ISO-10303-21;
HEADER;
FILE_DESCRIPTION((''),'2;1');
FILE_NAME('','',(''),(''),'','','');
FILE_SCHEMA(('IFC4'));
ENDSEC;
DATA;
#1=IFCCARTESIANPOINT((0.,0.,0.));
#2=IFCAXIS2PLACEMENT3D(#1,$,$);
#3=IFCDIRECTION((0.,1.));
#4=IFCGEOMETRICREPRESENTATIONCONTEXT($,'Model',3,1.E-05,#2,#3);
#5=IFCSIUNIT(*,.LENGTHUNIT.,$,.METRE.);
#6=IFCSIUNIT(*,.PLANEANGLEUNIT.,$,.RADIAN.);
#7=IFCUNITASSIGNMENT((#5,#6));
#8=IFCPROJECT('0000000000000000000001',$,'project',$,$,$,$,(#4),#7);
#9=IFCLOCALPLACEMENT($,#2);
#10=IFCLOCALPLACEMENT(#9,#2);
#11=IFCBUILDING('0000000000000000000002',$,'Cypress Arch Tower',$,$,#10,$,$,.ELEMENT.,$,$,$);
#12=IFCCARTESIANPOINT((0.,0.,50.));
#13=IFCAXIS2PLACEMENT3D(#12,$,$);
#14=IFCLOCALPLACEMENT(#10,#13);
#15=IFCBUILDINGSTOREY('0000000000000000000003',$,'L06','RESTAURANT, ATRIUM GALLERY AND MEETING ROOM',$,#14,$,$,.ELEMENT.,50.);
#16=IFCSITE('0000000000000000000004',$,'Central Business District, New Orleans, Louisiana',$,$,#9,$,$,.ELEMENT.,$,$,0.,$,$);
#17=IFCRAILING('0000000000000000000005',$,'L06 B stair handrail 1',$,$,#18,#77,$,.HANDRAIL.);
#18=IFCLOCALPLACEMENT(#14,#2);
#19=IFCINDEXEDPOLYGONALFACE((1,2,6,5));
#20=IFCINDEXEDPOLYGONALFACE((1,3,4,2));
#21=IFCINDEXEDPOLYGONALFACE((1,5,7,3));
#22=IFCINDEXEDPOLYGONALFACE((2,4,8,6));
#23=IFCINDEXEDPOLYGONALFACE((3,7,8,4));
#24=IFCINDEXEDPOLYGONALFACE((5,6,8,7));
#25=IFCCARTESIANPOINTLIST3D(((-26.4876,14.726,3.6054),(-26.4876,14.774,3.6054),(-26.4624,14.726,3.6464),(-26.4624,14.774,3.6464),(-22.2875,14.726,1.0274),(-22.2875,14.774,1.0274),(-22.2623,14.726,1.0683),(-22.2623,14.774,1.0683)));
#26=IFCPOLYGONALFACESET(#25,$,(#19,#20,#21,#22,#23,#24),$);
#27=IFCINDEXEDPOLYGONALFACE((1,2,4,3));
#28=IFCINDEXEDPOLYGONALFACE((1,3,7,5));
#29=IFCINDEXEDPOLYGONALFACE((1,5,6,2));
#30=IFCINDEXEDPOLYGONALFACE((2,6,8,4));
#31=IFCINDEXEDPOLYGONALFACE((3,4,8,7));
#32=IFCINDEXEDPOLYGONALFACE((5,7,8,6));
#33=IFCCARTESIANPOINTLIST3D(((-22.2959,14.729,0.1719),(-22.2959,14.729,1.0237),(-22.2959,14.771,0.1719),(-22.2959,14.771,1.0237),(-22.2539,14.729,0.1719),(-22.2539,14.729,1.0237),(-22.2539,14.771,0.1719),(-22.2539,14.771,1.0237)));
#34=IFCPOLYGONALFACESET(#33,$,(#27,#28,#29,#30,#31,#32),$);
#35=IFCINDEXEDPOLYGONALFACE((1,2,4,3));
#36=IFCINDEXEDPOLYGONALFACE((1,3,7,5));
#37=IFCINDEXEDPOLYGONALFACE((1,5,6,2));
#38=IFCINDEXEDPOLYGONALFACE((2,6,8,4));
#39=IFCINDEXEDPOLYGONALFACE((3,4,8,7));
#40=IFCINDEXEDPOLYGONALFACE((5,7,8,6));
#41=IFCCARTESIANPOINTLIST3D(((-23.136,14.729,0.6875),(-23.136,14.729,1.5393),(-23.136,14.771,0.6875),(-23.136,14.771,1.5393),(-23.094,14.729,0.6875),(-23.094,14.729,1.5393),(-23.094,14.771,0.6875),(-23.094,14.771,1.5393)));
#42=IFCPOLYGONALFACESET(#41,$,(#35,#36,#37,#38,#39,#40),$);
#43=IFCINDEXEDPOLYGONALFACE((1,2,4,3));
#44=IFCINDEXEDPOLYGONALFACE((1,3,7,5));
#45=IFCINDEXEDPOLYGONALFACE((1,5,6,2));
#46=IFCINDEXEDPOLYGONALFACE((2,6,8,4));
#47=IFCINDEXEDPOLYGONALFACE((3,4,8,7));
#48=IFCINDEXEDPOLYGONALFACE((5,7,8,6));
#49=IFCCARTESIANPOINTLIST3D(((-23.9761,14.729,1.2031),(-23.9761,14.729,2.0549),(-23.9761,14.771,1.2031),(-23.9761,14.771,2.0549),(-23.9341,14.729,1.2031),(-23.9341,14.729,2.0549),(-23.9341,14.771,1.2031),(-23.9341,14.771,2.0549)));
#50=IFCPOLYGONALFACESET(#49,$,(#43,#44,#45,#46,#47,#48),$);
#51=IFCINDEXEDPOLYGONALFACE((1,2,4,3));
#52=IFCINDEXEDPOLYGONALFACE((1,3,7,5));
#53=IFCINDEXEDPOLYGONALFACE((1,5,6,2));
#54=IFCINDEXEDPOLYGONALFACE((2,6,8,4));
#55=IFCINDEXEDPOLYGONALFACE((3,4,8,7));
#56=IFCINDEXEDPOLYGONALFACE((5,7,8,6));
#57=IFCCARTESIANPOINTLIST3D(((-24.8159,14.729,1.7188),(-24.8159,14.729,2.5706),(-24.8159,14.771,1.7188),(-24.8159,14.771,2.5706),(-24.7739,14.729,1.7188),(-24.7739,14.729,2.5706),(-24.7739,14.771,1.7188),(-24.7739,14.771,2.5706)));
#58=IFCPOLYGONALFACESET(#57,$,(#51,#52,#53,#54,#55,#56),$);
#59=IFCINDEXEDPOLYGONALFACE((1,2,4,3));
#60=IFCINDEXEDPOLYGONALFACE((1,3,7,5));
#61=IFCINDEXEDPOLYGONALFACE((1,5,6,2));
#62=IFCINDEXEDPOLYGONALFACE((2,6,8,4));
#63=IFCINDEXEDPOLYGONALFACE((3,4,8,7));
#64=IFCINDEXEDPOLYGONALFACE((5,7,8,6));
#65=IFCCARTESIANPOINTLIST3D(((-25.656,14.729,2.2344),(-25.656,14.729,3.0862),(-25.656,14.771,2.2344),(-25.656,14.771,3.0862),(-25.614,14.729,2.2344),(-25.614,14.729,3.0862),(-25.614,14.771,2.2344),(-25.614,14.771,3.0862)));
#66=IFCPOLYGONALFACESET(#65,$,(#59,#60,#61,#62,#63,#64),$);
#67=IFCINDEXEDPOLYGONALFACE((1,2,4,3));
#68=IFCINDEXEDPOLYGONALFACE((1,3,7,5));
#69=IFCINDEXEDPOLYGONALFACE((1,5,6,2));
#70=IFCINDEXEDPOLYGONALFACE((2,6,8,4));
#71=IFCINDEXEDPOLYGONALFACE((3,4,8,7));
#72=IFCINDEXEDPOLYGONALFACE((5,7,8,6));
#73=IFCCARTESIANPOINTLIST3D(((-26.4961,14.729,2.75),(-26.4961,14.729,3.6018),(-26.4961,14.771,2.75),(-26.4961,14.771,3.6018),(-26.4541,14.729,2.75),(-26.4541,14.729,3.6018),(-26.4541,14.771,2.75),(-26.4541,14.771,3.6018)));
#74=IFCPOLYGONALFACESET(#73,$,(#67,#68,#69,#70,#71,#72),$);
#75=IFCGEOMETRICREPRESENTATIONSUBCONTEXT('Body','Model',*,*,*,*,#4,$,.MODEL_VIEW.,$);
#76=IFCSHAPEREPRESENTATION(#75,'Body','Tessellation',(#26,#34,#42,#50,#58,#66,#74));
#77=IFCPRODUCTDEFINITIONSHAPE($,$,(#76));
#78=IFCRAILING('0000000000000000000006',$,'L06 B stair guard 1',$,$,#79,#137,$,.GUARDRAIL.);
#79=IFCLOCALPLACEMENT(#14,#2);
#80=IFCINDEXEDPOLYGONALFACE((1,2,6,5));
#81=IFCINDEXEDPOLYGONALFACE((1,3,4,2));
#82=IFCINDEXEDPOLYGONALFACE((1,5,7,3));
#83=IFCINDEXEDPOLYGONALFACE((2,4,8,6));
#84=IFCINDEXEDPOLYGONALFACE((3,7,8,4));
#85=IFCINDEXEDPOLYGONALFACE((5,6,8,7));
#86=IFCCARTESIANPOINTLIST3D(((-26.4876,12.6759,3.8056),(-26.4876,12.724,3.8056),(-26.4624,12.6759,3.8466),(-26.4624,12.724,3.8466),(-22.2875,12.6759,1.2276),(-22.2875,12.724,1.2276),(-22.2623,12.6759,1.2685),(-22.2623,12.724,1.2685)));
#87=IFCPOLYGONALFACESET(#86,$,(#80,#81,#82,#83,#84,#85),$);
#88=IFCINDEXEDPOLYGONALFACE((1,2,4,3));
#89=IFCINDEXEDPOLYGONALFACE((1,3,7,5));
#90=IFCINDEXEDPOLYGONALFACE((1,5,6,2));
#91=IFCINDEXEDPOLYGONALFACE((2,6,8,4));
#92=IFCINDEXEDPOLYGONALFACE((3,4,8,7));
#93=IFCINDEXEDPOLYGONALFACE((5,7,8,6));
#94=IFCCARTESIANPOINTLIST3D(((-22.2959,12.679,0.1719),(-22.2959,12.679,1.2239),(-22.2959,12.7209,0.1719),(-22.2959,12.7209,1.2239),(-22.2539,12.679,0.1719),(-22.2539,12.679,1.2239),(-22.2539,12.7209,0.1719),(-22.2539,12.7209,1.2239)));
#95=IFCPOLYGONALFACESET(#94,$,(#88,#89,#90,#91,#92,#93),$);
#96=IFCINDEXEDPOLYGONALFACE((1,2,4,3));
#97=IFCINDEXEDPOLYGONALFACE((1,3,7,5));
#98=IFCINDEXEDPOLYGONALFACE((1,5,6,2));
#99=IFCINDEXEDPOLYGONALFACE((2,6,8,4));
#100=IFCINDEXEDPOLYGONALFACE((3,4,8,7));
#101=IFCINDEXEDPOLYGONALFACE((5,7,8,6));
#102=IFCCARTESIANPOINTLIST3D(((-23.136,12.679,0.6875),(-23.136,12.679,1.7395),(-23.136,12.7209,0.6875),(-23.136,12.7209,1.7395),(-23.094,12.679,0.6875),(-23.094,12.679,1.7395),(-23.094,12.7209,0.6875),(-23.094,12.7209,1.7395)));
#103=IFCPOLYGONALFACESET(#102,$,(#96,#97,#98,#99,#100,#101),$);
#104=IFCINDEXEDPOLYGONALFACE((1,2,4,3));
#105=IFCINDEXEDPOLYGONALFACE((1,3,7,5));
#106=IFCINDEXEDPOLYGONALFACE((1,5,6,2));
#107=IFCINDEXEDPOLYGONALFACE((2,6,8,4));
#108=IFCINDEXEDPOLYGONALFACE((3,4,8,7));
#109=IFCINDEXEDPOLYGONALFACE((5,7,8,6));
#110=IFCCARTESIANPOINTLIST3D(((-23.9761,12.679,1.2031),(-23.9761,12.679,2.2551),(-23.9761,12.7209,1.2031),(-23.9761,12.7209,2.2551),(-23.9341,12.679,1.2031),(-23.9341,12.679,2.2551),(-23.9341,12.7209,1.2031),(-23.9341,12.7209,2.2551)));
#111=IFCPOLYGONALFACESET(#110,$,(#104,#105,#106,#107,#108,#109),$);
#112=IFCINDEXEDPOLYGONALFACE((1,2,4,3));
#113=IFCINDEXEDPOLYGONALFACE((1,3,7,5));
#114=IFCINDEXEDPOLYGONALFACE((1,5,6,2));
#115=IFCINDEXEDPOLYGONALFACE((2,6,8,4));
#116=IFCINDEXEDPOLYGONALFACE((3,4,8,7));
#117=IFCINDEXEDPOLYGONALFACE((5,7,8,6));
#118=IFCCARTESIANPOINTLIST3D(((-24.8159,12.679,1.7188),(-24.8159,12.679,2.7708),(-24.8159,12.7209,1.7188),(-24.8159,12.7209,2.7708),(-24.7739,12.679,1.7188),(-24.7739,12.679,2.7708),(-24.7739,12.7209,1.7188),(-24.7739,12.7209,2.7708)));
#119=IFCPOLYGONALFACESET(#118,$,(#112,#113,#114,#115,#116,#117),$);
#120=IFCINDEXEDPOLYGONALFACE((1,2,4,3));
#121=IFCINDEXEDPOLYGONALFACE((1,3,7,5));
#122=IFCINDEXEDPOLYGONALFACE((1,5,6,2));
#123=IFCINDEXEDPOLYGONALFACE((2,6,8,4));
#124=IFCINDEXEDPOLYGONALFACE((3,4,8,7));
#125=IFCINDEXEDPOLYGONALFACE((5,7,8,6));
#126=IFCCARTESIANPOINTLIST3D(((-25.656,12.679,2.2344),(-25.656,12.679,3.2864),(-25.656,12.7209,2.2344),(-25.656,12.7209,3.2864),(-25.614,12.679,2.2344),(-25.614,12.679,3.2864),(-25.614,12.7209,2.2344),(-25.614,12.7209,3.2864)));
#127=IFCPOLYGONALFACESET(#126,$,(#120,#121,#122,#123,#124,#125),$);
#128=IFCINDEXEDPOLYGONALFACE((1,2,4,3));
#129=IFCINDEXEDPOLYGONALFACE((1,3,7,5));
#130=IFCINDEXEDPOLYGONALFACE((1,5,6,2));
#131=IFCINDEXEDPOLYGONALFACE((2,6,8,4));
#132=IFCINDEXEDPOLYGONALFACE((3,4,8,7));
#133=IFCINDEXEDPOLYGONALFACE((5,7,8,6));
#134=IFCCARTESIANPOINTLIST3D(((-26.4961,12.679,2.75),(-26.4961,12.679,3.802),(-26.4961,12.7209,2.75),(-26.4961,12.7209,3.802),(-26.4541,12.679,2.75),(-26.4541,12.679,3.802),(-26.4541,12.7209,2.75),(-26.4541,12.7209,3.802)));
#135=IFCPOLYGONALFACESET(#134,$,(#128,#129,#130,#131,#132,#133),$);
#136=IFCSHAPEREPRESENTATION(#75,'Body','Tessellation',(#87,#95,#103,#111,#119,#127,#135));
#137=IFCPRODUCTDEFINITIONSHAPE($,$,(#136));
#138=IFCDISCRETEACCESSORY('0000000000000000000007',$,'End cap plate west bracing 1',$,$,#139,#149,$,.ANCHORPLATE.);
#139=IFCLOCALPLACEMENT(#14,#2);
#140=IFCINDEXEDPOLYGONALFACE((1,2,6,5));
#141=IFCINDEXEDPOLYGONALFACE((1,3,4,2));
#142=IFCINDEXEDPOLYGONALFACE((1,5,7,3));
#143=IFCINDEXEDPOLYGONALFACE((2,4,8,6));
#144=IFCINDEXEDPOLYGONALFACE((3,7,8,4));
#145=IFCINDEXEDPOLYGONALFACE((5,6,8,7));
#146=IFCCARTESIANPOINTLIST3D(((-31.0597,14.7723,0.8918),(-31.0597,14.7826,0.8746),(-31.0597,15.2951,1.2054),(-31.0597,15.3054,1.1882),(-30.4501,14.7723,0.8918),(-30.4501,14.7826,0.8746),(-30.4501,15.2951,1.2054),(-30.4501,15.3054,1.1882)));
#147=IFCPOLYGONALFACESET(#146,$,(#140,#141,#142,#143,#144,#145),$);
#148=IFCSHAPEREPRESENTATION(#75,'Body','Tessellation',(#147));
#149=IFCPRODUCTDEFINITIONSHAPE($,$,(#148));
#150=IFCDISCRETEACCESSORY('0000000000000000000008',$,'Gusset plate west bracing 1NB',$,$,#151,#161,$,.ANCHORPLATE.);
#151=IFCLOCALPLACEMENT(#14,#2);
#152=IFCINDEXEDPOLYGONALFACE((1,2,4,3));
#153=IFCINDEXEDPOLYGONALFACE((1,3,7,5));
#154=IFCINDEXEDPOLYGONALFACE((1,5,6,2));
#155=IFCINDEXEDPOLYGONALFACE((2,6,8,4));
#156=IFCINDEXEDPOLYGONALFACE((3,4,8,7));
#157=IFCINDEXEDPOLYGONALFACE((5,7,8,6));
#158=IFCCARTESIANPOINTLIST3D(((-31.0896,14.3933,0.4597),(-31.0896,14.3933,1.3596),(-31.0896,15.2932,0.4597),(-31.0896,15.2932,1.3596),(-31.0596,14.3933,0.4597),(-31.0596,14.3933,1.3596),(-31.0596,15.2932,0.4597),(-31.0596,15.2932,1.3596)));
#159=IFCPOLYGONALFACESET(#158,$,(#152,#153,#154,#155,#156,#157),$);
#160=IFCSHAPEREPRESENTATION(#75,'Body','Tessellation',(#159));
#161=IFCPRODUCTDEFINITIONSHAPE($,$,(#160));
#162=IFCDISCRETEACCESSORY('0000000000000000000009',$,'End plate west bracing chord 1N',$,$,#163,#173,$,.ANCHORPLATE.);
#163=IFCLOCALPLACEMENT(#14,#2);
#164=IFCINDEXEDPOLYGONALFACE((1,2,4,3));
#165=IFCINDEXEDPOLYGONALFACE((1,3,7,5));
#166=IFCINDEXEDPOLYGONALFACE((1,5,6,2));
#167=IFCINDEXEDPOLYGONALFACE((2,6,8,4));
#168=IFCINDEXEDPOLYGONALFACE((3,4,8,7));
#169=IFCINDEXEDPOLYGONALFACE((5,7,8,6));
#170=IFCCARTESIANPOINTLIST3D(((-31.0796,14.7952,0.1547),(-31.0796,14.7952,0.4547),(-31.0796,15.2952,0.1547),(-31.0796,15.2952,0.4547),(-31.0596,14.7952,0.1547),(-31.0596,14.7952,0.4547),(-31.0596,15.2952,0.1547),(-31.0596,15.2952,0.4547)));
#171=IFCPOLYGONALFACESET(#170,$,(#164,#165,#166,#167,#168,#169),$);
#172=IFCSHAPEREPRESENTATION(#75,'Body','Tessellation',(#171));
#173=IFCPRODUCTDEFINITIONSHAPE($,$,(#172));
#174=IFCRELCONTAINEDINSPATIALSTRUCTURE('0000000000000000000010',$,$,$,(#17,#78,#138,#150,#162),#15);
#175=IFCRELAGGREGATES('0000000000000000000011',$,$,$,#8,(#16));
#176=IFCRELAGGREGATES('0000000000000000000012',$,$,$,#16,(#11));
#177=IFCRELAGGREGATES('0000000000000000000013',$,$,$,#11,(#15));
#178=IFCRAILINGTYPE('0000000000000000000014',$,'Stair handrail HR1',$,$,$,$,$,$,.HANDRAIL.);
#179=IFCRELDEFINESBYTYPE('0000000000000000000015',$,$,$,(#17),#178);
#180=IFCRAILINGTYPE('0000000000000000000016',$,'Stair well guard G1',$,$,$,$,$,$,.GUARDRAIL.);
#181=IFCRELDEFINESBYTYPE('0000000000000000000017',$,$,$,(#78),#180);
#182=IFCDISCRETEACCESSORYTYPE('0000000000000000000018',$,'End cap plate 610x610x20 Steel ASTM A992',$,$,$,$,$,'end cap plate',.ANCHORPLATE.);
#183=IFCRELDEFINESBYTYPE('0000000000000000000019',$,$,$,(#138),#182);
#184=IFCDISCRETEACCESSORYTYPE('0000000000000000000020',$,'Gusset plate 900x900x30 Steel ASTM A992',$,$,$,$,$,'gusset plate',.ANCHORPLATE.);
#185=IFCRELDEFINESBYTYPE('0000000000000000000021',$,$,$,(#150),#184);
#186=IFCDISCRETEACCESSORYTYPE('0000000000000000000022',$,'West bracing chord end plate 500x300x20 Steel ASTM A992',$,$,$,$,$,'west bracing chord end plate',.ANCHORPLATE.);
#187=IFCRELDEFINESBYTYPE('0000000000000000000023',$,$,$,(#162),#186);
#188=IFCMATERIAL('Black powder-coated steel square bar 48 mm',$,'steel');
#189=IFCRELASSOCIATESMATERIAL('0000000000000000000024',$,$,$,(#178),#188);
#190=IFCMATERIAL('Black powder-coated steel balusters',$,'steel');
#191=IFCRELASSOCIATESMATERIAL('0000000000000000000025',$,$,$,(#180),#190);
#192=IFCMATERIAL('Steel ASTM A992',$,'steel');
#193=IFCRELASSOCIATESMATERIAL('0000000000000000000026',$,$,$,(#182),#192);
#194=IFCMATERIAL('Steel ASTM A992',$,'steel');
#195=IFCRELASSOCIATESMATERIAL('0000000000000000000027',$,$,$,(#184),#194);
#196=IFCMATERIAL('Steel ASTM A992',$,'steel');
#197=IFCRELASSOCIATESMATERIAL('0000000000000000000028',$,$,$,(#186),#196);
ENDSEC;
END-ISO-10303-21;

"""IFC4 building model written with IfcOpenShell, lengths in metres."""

from ifc_helpers import new_model, si_unit, direction, frame, origin, origin_2d, place, context, subcontext, project, spatial, rectangle, extrude, material, material_profile, profile_set, type_object, element, save


model = new_model("IFC4")

# Units and contexts
model_context = context("Model", 3, precision=1e-05, world=origin(), true_north=direction((0.0, 1.0)))
body_context = subcontext(model_context, "Body", "Model", "MODEL_VIEW")
ifc_project = project(units=[si_unit("LENGTHUNIT", "METRE"), si_unit("PLANEANGLEUNIT", "RADIAN")], contexts=[model_context])

# Site, building, storey
site_placement = place(None, origin())
site = spatial("IfcSite", under=ifc_project, at=site_placement, Name="Central Business District, New Orleans, Louisiana", CompositionType="ELEMENT", RefElevation=0.0)
building_placement = place(site_placement, origin())
building = spatial("IfcBuilding", under=site, at=building_placement, Name="Cypress Arch Tower", CompositionType="ELEMENT")
storey_placement = place(building_placement, frame((0.0, 0.0, 50.0)))
storey = spatial("IfcBuildingStorey", under=building, at=storey_placement, Name="L06", Description="RESTAURANT, ATRIUM GALLERY AND MEETING ROOM", CompositionType="ELEMENT", Elevation=50.0)

# Railings
ifc_material_1 = material(Name="Black powder-coated steel square bar 48 mm", Category="steel")
railing_type_1 = type_object("IfcRailingType", Name="Stair handrail HR1", PredefinedType="HANDRAIL", material=ifc_material_1)
railing_1_placement = place(storey_placement, frame((-22.2749, 14.75, 0.1719)))
element("IfcRailing", 1, at=railing_1_placement, inside=storey, type_object=railing_type_1, Name="L06 B stair handrail 1", PredefinedType="HANDRAIL", context=body_context, shape_type="SweptSolid", body=[
    extrude(rectangle(XDim=0.0481, YDim=0.0481, at=origin_2d()), frame((0.0, 0.0, 0.876), z_axis=(-0.852256, 0.0, 0.523124), x_axis=(0.0, -1.0, 0.0)), (0.0, 0.0, 1.0), 4.9282),
    extrude(rectangle(XDim=0.042, YDim=0.042, at=origin_2d()), origin(), (0.0, 0.0, 1.0), 0.8518),
    extrude(rectangle(XDim=0.042, YDim=0.042, at=origin_2d()), frame((-0.8401, 0.0, 0.5156)), (0.0, 0.0, 1.0), 0.8518),
    extrude(rectangle(XDim=0.042, YDim=0.042, at=origin_2d()), frame((-1.6802, 0.0, 1.0312)), (0.0, 0.0, 1.0), 0.8518),
    extrude(rectangle(XDim=0.042, YDim=0.042, at=origin_2d()), frame((-2.52, 0.0, 1.5469)), (0.0, 0.0, 1.0), 0.8518),
    extrude(rectangle(XDim=0.042, YDim=0.042, at=origin_2d()), frame((-3.3601, 0.0, 2.0625)), (0.0, 0.0, 1.0), 0.8518),
    extrude(rectangle(XDim=0.042, YDim=0.042, at=origin_2d()), frame((-4.2002, 0.0, 2.5781)), (0.0, 0.0, 1.0), 0.8518),
])
ifc_material_2 = material(Name="Black powder-coated steel balusters", Category="steel")
railing_type_2 = type_object("IfcRailingType", Name="Stair well guard G1", PredefinedType="GUARDRAIL", material=ifc_material_2)
railing_2_placement = place(storey_placement, frame((-22.2749, 12.7, 0.1719)))
element("IfcRailing", 2, at=railing_2_placement, inside=storey, type_object=railing_type_2, Name="L06 B stair guard 1", PredefinedType="GUARDRAIL", context=body_context, shape_type="SweptSolid", body=[
    extrude(rectangle(XDim=0.0481, YDim=0.0481, at=origin_2d()), frame((0.0, 0.0, 1.0762), z_axis=(-0.852256, 0.0, 0.523124), x_axis=(0.0, -1.0, 0.0)), (0.0, 0.0, 1.0), 4.9282),
    extrude(rectangle(XDim=0.042, YDim=0.042, at=origin_2d()), origin(), (0.0, 0.0, 1.0), 1.052),
    extrude(rectangle(XDim=0.042, YDim=0.042, at=origin_2d()), frame((-0.8401, 0.0, 0.5156)), (0.0, 0.0, 1.0), 1.052),
    extrude(rectangle(XDim=0.042, YDim=0.042, at=origin_2d()), frame((-1.6802, 0.0, 1.0312)), (0.0, 0.0, 1.0), 1.052),
    extrude(rectangle(XDim=0.042, YDim=0.042, at=origin_2d()), frame((-2.52, 0.0, 1.5469)), (0.0, 0.0, 1.0), 1.052),
    extrude(rectangle(XDim=0.042, YDim=0.042, at=origin_2d()), frame((-3.3601, 0.0, 2.0625)), (0.0, 0.0, 1.0), 1.052),
    extrude(rectangle(XDim=0.042, YDim=0.042, at=origin_2d()), frame((-4.2002, 0.0, 2.5781)), (0.0, 0.0, 1.0), 1.052),
])

# Discrete accessories
ifc_material_3 = material(Name="Steel ASTM A992", Category="steel")
ifc_material_profile_1 = material_profile(ifc_material_3, rectangle(XDim=0.6096, YDim=0.6096, at=origin_2d()), Name="PL 20 610x610")
ifc_profile_set_1 = profile_set([ifc_material_profile_1], Name="Steel ASTM A992")
discrete_accessory_type_1 = type_object("IfcDiscreteAccessoryType", Name="End cap plate 610x610x20 Steel ASTM A992", ElementType="end cap plate", PredefinedType="ANCHORPLATE", material=ifc_profile_set_1)
discrete_accessory_1_placement = place(storey_placement, frame((-30.7549, 15.0337, 1.0486), z_axis=(0.0, 0.514496, -0.857493), x_axis=(-1.0, 0.0, 0.0)))
element("IfcDiscreteAccessory", 3, at=discrete_accessory_1_placement, inside=storey, type_object=discrete_accessory_type_1, Name="End cap plate west bracing 1", PredefinedType="ANCHORPLATE", context=body_context, shape_type="SweptSolid", body=[
    extrude(rectangle(XDim=0.6096, YDim=0.6096, at=origin_2d()), origin(), (0.0, 0.0, 1.0), 0.02),
])
ifc_material_4 = material(Name="Steel ASTM A992", Category="steel")
ifc_material_profile_2 = material_profile(ifc_material_4, rectangle(XDim=0.8999, YDim=0.8999, at=origin_2d()), Name="PL 30 900x900")
ifc_profile_set_2 = profile_set([ifc_material_profile_2], Name="Steel ASTM A992")
discrete_accessory_type_2 = type_object("IfcDiscreteAccessoryType", Name="Gusset plate 900x900x30 Steel ASTM A992", ElementType="gusset plate", PredefinedType="ANCHORPLATE", material=ifc_profile_set_2)
discrete_accessory_2_placement = place(storey_placement, frame((-31.0596, 14.8433, 0.9097), z_axis=(-1.0, 0.0, 0.0), x_axis=(0.0, -1.0, 0.0)))
element("IfcDiscreteAccessory", 4, at=discrete_accessory_2_placement, inside=storey, type_object=discrete_accessory_type_2, Name="Gusset plate west bracing 1NB", PredefinedType="ANCHORPLATE", context=body_context, shape_type="SweptSolid", body=[
    extrude(rectangle(XDim=0.8999, YDim=0.8999, at=origin_2d()), origin(), (0.0, 0.0, 1.0), 0.03),
])
ifc_material_5 = material(Name="Steel ASTM A992", Category="steel")
ifc_material_profile_3 = material_profile(ifc_material_5, rectangle(XDim=0.5, YDim=0.3, at=origin_2d()), Name="PL 20 500x300")
ifc_profile_set_3 = profile_set([ifc_material_profile_3], Name="Steel ASTM A992")
discrete_accessory_type_3 = type_object("IfcDiscreteAccessoryType", Name="West bracing chord end plate 500x300x20 Steel ASTM A992", ElementType="west bracing chord end plate", PredefinedType="ANCHORPLATE", material=ifc_profile_set_3)
discrete_accessory_3_placement = place(storey_placement, frame((-31.0596, 15.0452, 0.3047), z_axis=(-1.0, 0.0, 0.0), x_axis=(0.0, -1.0, 0.0)))
element("IfcDiscreteAccessory", 5, at=discrete_accessory_3_placement, inside=storey, type_object=discrete_accessory_type_3, Name="End plate west bracing chord 1N", PredefinedType="ANCHORPLATE", context=body_context, shape_type="SweptSolid", body=[
    extrude(rectangle(XDim=0.5, YDim=0.3, at=origin_2d()), origin(), (0.0, 0.0, 1.0), 0.02),
])

save(model, "model.ifc")
